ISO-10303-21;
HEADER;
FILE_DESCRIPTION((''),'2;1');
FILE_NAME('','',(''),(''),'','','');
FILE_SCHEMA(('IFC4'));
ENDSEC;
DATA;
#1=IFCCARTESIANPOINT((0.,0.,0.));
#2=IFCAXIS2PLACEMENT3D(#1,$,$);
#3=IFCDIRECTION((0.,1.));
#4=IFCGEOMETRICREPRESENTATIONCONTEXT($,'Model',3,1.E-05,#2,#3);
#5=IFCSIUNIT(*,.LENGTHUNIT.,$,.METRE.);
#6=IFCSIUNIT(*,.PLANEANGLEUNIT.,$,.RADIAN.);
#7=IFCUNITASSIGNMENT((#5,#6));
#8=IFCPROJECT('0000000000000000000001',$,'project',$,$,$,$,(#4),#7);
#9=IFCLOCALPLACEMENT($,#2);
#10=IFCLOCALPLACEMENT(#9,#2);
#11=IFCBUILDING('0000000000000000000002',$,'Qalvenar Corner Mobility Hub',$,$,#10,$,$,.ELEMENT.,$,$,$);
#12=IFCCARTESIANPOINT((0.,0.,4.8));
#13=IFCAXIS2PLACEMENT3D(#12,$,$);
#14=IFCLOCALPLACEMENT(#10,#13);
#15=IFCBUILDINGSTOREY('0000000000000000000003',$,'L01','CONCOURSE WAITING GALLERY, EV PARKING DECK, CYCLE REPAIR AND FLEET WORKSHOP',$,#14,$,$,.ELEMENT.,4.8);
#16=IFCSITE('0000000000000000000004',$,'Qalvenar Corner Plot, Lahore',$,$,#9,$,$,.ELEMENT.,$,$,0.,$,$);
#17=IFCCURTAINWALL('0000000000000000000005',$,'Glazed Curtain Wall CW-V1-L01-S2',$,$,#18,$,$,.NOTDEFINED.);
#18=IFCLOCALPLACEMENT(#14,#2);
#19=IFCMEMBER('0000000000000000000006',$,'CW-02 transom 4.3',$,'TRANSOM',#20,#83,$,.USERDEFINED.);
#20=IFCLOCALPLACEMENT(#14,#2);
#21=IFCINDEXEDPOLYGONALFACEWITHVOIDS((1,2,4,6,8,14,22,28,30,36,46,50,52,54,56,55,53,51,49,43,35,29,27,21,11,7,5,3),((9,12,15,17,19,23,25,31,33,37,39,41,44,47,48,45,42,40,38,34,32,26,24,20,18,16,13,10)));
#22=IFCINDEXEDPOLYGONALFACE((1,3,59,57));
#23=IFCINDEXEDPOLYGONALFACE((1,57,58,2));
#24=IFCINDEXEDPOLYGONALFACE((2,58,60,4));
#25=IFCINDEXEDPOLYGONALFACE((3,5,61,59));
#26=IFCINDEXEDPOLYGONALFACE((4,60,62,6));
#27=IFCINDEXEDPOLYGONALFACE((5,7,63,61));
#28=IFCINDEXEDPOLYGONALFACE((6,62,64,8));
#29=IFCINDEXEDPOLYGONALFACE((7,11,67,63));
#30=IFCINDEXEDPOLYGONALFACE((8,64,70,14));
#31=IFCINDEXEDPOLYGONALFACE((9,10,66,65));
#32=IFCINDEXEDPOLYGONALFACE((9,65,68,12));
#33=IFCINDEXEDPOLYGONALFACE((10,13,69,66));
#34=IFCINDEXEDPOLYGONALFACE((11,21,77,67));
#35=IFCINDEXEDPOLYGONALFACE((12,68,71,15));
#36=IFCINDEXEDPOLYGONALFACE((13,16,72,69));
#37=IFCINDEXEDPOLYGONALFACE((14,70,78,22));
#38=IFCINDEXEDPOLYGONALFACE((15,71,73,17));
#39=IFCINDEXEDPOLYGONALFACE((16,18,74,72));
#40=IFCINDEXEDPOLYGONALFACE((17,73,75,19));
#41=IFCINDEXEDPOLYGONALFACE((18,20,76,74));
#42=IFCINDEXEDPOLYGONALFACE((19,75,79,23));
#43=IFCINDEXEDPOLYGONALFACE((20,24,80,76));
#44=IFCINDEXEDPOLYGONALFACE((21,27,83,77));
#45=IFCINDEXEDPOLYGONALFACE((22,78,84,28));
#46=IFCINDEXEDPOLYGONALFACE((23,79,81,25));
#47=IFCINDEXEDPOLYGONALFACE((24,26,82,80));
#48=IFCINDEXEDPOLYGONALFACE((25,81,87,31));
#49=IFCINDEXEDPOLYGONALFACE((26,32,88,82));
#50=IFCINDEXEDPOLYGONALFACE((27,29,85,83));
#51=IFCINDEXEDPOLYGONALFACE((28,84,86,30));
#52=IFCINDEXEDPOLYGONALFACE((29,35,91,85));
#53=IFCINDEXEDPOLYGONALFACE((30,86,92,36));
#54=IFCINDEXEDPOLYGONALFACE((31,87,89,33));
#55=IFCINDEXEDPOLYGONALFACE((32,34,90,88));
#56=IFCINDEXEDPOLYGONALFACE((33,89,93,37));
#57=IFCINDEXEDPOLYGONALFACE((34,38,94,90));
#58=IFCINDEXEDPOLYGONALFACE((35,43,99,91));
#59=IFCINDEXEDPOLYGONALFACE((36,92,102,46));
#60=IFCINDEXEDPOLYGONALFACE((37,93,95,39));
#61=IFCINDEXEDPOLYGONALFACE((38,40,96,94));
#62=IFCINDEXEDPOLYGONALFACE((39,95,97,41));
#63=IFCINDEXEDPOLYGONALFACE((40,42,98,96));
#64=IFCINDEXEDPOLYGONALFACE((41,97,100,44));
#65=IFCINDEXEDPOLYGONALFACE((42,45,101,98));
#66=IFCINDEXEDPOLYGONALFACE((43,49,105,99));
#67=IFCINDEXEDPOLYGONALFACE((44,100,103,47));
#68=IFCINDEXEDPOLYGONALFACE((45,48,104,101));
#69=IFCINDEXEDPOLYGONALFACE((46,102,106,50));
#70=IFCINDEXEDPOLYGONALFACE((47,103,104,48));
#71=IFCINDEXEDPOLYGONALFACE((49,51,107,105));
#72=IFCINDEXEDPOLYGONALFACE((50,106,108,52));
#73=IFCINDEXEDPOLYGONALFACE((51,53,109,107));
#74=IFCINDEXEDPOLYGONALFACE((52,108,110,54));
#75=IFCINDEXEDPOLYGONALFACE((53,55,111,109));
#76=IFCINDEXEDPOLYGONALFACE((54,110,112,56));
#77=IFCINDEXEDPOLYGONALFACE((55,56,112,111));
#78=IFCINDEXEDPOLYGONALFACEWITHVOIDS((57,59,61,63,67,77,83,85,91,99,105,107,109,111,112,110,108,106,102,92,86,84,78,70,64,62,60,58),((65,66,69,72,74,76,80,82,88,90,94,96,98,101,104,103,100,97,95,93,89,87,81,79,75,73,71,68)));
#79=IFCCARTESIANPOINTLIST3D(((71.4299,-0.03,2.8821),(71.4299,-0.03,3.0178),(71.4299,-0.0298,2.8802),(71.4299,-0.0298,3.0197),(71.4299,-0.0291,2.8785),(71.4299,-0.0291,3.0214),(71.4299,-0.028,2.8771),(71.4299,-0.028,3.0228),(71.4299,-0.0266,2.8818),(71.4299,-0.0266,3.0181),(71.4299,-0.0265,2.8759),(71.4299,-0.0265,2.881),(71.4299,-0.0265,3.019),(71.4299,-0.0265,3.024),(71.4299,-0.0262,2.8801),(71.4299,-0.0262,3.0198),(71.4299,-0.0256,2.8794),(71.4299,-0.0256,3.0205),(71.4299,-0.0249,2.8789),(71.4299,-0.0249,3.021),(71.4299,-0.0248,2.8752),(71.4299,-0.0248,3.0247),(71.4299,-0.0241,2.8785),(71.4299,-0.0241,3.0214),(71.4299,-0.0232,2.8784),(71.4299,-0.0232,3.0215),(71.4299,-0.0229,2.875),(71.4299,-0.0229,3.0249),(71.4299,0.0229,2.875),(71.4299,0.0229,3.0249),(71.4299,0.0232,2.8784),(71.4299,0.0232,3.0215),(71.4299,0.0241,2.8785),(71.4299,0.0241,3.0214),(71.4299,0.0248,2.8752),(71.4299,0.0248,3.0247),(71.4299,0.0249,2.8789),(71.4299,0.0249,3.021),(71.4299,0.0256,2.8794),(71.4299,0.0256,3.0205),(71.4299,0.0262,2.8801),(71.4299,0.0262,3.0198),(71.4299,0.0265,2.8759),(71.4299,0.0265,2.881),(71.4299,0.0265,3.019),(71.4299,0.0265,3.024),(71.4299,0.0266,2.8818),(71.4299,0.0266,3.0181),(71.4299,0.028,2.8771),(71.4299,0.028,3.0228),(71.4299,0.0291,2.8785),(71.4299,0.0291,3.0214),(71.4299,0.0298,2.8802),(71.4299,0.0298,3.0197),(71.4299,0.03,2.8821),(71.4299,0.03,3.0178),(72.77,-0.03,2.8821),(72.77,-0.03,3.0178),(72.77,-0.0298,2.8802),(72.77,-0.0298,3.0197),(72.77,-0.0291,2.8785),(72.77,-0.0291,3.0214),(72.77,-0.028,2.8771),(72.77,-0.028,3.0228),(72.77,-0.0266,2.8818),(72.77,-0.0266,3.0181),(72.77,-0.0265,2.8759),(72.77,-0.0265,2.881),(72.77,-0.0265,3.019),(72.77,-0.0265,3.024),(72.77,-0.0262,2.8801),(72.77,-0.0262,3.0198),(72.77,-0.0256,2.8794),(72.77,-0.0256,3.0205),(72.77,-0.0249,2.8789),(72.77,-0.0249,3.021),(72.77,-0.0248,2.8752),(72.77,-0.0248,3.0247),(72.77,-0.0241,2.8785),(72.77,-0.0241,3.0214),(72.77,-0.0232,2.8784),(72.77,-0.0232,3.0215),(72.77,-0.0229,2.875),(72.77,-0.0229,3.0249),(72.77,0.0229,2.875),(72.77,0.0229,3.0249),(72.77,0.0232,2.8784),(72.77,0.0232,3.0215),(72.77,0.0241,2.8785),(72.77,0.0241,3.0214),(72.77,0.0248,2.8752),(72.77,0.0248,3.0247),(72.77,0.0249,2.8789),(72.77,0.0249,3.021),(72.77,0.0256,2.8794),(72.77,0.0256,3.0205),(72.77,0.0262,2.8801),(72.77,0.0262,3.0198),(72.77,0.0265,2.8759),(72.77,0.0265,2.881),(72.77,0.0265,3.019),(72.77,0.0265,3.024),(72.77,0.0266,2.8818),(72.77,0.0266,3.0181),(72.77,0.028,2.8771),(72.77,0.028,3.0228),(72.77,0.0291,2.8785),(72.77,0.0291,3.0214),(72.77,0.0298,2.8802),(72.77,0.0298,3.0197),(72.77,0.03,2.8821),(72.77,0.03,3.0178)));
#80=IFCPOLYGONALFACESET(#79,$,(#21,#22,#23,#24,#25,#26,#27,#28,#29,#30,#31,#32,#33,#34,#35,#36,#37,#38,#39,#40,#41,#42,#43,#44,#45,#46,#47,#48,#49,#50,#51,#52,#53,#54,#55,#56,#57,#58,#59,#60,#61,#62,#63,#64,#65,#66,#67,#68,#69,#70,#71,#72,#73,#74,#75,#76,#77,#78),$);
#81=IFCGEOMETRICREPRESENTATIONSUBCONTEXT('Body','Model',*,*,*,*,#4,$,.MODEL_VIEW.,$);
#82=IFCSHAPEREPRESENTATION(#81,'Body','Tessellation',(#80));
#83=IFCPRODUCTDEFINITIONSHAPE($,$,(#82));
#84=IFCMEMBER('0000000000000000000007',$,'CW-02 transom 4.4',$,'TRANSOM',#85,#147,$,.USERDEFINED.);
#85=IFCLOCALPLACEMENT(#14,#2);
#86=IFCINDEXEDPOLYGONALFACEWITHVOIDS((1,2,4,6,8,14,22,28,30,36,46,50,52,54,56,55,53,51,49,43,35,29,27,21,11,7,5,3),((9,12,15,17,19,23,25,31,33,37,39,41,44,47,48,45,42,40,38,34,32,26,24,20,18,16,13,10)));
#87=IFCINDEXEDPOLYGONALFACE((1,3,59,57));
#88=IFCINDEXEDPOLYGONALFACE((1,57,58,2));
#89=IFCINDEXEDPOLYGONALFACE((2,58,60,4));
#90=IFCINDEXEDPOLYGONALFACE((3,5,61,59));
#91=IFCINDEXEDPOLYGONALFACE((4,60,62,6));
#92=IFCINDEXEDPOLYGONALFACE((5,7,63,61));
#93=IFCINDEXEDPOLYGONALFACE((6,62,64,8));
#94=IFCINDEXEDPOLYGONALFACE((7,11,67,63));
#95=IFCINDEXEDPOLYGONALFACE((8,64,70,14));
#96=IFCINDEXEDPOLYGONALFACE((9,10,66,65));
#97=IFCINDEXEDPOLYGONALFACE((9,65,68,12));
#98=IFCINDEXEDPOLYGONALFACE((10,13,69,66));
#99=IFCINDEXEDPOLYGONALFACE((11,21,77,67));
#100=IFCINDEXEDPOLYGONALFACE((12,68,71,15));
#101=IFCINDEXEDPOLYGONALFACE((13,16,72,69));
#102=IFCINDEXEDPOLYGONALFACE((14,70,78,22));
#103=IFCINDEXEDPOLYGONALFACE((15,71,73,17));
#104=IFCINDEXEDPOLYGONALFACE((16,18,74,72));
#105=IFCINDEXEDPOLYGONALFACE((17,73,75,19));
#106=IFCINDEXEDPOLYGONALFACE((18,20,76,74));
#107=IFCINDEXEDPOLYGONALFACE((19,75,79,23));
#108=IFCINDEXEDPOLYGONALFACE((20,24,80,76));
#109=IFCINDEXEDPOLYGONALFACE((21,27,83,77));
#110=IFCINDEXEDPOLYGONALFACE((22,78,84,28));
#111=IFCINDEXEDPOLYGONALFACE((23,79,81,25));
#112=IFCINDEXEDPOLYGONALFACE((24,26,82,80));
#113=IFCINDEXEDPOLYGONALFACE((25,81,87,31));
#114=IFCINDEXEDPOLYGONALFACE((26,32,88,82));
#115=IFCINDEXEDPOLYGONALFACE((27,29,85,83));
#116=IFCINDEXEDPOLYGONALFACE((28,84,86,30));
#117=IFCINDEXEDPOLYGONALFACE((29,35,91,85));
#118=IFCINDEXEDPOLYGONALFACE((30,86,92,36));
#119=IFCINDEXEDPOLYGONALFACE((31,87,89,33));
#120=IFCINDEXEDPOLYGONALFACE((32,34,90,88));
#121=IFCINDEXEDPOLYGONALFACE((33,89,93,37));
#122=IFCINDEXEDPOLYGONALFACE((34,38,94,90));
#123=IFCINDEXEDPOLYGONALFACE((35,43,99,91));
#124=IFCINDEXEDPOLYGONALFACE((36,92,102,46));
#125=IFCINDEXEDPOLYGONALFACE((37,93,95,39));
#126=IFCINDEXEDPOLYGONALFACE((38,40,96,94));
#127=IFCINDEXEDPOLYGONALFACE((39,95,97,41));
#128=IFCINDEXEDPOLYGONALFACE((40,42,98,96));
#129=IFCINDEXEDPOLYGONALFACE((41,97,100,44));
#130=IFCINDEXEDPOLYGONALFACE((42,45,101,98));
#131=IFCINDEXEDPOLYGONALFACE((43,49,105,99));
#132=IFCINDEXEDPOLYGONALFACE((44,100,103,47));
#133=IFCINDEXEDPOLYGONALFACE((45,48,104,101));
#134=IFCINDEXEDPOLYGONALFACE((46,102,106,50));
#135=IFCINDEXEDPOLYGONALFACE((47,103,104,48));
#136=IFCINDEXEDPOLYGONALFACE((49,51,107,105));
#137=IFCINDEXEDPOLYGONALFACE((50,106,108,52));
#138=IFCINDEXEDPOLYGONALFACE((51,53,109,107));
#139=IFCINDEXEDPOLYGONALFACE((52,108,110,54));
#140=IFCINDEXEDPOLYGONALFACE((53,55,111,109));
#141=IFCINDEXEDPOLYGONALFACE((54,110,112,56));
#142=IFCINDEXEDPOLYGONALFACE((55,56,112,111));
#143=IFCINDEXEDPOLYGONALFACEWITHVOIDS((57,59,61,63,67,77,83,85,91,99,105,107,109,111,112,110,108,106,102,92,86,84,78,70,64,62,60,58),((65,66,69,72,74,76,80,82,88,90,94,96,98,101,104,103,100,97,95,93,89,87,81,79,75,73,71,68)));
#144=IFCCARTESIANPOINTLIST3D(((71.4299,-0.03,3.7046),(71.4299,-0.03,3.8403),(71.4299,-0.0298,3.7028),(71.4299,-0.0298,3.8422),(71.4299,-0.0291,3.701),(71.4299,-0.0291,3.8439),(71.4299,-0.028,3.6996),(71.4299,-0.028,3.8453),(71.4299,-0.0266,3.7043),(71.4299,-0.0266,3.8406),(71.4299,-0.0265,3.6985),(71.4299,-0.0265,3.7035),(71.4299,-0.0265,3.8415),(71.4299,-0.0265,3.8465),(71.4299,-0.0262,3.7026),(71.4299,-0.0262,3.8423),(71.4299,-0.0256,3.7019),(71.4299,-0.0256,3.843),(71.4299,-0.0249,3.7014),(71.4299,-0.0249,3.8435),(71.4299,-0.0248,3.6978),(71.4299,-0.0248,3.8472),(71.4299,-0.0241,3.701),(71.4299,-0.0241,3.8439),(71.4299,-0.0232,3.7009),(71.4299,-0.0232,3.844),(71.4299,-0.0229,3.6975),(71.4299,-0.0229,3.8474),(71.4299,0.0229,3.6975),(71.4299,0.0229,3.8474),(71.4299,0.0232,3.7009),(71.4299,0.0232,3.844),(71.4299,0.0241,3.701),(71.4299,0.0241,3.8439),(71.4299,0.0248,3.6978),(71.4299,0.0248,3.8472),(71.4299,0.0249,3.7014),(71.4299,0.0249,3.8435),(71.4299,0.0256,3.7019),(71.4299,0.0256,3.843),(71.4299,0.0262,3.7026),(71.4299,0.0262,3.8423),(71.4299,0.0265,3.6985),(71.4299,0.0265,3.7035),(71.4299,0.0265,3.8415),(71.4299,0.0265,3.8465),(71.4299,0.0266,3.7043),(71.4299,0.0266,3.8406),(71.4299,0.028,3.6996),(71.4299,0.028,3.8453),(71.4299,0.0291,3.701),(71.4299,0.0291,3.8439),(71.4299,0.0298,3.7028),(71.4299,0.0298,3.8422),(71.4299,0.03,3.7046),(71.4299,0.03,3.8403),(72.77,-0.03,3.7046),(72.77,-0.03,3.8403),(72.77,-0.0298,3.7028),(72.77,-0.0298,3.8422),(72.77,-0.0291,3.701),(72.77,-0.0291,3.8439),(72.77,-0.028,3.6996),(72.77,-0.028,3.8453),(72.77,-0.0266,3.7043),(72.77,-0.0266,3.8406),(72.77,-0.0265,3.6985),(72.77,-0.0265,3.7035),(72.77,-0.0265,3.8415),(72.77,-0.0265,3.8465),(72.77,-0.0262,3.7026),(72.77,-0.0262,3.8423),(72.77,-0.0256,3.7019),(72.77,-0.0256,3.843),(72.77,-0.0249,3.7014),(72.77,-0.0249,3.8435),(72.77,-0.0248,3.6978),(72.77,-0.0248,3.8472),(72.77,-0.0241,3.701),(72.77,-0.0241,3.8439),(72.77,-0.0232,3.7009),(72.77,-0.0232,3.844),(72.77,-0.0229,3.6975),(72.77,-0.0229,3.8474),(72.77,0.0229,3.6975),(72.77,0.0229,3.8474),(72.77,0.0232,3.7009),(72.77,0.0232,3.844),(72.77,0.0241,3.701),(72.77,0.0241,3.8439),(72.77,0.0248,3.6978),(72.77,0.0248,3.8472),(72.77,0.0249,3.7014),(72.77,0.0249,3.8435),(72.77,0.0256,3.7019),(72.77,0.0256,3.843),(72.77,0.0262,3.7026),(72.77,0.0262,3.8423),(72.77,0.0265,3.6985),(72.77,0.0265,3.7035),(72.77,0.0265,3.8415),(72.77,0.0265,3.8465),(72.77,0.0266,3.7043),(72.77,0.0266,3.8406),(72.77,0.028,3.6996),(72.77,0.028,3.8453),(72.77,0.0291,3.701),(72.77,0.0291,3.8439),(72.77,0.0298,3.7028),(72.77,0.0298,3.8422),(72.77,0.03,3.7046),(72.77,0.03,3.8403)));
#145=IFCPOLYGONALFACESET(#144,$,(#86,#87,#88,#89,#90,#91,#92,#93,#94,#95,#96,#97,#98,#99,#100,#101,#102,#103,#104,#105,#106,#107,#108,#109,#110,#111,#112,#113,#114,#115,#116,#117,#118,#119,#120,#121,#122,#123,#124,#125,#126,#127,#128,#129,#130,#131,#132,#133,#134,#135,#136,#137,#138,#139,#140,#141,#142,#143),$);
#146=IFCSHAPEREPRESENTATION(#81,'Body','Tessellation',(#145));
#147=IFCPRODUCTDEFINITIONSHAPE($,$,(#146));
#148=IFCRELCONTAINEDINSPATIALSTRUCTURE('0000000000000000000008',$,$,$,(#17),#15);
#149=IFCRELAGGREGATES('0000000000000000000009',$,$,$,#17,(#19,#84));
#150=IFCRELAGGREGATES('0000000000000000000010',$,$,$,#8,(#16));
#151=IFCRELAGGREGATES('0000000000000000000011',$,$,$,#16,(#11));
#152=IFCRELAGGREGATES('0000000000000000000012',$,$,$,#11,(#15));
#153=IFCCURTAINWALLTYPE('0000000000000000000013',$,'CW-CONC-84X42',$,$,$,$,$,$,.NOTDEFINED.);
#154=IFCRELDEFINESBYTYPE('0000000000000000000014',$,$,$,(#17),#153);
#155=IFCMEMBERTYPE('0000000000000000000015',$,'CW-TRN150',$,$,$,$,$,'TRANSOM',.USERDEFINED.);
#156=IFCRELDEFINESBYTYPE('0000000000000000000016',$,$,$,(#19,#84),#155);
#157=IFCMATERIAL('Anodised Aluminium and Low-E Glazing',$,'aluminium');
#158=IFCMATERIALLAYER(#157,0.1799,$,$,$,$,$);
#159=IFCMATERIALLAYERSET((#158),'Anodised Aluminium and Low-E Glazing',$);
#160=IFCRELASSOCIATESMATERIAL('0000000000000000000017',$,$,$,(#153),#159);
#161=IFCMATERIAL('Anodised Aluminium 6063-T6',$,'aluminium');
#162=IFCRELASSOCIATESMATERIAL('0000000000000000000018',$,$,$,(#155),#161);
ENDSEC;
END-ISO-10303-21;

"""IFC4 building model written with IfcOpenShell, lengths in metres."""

from ifc_helpers import new_model, si_unit, direction, frame, origin, origin_2d, place, context, subcontext, project, spatial, hollow_rectangle, extrude, material, layer, layer_set, material_profile, profile_set, type_object, element, aggregate, save


model = new_model("IFC4")

# Units and contexts
model_context = context("Model", 3, precision=1e-05, world=origin(), true_north=direction((0.0, 1.0)))
body_context = subcontext(model_context, "Body", "Model", "MODEL_VIEW")
ifc_project = project(units=[si_unit("LENGTHUNIT", "METRE"), si_unit("PLANEANGLEUNIT", "RADIAN")], contexts=[model_context])

# Site, building, storey
site_placement = place(None, origin())
site = spatial("IfcSite", under=ifc_project, at=site_placement, Name="Qalvenar Corner Plot, Lahore", CompositionType="ELEMENT", RefElevation=0.0)
building_placement = place(site_placement, origin())
building = spatial("IfcBuilding", under=site, at=building_placement, Name="Qalvenar Corner Mobility Hub", CompositionType="ELEMENT")
storey_placement = place(building_placement, frame((0.0, 0.0, 4.8)))
storey = spatial("IfcBuildingStorey", under=building, at=storey_placement, Name="L01", Description="CONCOURSE WAITING GALLERY, EV PARKING DECK, CYCLE REPAIR AND FLEET WORKSHOP", CompositionType="ELEMENT", Elevation=4.8)

# Curtain wall, members
ifc_material_1 = material(Name="Anodised Aluminium and Low-E Glazing", Category="aluminium")
ifc_layer_1 = layer(ifc_material_1, 0.1799)
ifc_layer_set_1 = layer_set([ifc_layer_1], Name="Anodised Aluminium and Low-E Glazing")
curtain_wall_type = type_object("IfcCurtainWallType", Name="CW-CONC-84X42", PredefinedType="NOTDEFINED", material=ifc_layer_set_1)
curtain_wall_placement = place(storey_placement, origin())
curtain_wall = element("IfcCurtainWall", 1, at=curtain_wall_placement, inside=storey, type_object=curtain_wall_type, Name="Glazed Curtain Wall CW-V1-L01-S2", PredefinedType="NOTDEFINED")
ifc_material_2 = material(Name="Anodised Aluminium 6063-T6", Category="aluminium")
ifc_material_profile_1 = material_profile(ifc_material_2, hollow_rectangle(XDim=0.0601, YDim=0.1499, WallThickness=0.0034, InnerFilletRadius=0.0034, OuterFilletRadius=0.0071, at=origin_2d()), Name="RHS150x60x3.5")
ifc_profile_set_1 = profile_set([ifc_material_profile_1], Name="Anodised Aluminium 6063-T6")
member_type_1 = type_object("IfcMemberType", Name="CW-TRN150", ElementType="TRANSOM", PredefinedType="USERDEFINED", material=ifc_profile_set_1)
member_1_placement = place(storey_placement, frame((71.4299, 0.0, 2.95), z_axis=(1.0, 0.0, 0.0), x_axis=(0.0, 1.0, 0.0)))
member_1 = element("IfcMember", 2, at=member_1_placement, type_object=member_type_1, Name="CW-02 transom 4.3", ObjectType="TRANSOM", PredefinedType="USERDEFINED", context=body_context, shape_type="SweptSolid", body=[
    extrude(hollow_rectangle(XDim=0.0601, YDim=0.1499, WallThickness=0.0034, InnerFilletRadius=0.0034, OuterFilletRadius=0.0071, at=origin_2d()), origin(), (0.0, 0.0, 1.0), 1.3401),
])
member_2_placement = place(storey_placement, frame((71.4299, 0.0, 3.7725), z_axis=(1.0, 0.0, 0.0), x_axis=(0.0, 1.0, 0.0)))
member_2 = element("IfcMember", 3, at=member_2_placement, type_object=member_type_1, Name="CW-02 transom 4.4", ObjectType="TRANSOM", PredefinedType="USERDEFINED", context=body_context, shape_type="SweptSolid", body=[
    extrude(hollow_rectangle(XDim=0.0601, YDim=0.1499, WallThickness=0.0034, InnerFilletRadius=0.0034, OuterFilletRadius=0.0071, at=origin_2d()), origin(), (0.0, 0.0, 1.0), 1.3401),
])
aggregate(curtain_wall, [member_1, member_2])

save(model, "model.ifc")
